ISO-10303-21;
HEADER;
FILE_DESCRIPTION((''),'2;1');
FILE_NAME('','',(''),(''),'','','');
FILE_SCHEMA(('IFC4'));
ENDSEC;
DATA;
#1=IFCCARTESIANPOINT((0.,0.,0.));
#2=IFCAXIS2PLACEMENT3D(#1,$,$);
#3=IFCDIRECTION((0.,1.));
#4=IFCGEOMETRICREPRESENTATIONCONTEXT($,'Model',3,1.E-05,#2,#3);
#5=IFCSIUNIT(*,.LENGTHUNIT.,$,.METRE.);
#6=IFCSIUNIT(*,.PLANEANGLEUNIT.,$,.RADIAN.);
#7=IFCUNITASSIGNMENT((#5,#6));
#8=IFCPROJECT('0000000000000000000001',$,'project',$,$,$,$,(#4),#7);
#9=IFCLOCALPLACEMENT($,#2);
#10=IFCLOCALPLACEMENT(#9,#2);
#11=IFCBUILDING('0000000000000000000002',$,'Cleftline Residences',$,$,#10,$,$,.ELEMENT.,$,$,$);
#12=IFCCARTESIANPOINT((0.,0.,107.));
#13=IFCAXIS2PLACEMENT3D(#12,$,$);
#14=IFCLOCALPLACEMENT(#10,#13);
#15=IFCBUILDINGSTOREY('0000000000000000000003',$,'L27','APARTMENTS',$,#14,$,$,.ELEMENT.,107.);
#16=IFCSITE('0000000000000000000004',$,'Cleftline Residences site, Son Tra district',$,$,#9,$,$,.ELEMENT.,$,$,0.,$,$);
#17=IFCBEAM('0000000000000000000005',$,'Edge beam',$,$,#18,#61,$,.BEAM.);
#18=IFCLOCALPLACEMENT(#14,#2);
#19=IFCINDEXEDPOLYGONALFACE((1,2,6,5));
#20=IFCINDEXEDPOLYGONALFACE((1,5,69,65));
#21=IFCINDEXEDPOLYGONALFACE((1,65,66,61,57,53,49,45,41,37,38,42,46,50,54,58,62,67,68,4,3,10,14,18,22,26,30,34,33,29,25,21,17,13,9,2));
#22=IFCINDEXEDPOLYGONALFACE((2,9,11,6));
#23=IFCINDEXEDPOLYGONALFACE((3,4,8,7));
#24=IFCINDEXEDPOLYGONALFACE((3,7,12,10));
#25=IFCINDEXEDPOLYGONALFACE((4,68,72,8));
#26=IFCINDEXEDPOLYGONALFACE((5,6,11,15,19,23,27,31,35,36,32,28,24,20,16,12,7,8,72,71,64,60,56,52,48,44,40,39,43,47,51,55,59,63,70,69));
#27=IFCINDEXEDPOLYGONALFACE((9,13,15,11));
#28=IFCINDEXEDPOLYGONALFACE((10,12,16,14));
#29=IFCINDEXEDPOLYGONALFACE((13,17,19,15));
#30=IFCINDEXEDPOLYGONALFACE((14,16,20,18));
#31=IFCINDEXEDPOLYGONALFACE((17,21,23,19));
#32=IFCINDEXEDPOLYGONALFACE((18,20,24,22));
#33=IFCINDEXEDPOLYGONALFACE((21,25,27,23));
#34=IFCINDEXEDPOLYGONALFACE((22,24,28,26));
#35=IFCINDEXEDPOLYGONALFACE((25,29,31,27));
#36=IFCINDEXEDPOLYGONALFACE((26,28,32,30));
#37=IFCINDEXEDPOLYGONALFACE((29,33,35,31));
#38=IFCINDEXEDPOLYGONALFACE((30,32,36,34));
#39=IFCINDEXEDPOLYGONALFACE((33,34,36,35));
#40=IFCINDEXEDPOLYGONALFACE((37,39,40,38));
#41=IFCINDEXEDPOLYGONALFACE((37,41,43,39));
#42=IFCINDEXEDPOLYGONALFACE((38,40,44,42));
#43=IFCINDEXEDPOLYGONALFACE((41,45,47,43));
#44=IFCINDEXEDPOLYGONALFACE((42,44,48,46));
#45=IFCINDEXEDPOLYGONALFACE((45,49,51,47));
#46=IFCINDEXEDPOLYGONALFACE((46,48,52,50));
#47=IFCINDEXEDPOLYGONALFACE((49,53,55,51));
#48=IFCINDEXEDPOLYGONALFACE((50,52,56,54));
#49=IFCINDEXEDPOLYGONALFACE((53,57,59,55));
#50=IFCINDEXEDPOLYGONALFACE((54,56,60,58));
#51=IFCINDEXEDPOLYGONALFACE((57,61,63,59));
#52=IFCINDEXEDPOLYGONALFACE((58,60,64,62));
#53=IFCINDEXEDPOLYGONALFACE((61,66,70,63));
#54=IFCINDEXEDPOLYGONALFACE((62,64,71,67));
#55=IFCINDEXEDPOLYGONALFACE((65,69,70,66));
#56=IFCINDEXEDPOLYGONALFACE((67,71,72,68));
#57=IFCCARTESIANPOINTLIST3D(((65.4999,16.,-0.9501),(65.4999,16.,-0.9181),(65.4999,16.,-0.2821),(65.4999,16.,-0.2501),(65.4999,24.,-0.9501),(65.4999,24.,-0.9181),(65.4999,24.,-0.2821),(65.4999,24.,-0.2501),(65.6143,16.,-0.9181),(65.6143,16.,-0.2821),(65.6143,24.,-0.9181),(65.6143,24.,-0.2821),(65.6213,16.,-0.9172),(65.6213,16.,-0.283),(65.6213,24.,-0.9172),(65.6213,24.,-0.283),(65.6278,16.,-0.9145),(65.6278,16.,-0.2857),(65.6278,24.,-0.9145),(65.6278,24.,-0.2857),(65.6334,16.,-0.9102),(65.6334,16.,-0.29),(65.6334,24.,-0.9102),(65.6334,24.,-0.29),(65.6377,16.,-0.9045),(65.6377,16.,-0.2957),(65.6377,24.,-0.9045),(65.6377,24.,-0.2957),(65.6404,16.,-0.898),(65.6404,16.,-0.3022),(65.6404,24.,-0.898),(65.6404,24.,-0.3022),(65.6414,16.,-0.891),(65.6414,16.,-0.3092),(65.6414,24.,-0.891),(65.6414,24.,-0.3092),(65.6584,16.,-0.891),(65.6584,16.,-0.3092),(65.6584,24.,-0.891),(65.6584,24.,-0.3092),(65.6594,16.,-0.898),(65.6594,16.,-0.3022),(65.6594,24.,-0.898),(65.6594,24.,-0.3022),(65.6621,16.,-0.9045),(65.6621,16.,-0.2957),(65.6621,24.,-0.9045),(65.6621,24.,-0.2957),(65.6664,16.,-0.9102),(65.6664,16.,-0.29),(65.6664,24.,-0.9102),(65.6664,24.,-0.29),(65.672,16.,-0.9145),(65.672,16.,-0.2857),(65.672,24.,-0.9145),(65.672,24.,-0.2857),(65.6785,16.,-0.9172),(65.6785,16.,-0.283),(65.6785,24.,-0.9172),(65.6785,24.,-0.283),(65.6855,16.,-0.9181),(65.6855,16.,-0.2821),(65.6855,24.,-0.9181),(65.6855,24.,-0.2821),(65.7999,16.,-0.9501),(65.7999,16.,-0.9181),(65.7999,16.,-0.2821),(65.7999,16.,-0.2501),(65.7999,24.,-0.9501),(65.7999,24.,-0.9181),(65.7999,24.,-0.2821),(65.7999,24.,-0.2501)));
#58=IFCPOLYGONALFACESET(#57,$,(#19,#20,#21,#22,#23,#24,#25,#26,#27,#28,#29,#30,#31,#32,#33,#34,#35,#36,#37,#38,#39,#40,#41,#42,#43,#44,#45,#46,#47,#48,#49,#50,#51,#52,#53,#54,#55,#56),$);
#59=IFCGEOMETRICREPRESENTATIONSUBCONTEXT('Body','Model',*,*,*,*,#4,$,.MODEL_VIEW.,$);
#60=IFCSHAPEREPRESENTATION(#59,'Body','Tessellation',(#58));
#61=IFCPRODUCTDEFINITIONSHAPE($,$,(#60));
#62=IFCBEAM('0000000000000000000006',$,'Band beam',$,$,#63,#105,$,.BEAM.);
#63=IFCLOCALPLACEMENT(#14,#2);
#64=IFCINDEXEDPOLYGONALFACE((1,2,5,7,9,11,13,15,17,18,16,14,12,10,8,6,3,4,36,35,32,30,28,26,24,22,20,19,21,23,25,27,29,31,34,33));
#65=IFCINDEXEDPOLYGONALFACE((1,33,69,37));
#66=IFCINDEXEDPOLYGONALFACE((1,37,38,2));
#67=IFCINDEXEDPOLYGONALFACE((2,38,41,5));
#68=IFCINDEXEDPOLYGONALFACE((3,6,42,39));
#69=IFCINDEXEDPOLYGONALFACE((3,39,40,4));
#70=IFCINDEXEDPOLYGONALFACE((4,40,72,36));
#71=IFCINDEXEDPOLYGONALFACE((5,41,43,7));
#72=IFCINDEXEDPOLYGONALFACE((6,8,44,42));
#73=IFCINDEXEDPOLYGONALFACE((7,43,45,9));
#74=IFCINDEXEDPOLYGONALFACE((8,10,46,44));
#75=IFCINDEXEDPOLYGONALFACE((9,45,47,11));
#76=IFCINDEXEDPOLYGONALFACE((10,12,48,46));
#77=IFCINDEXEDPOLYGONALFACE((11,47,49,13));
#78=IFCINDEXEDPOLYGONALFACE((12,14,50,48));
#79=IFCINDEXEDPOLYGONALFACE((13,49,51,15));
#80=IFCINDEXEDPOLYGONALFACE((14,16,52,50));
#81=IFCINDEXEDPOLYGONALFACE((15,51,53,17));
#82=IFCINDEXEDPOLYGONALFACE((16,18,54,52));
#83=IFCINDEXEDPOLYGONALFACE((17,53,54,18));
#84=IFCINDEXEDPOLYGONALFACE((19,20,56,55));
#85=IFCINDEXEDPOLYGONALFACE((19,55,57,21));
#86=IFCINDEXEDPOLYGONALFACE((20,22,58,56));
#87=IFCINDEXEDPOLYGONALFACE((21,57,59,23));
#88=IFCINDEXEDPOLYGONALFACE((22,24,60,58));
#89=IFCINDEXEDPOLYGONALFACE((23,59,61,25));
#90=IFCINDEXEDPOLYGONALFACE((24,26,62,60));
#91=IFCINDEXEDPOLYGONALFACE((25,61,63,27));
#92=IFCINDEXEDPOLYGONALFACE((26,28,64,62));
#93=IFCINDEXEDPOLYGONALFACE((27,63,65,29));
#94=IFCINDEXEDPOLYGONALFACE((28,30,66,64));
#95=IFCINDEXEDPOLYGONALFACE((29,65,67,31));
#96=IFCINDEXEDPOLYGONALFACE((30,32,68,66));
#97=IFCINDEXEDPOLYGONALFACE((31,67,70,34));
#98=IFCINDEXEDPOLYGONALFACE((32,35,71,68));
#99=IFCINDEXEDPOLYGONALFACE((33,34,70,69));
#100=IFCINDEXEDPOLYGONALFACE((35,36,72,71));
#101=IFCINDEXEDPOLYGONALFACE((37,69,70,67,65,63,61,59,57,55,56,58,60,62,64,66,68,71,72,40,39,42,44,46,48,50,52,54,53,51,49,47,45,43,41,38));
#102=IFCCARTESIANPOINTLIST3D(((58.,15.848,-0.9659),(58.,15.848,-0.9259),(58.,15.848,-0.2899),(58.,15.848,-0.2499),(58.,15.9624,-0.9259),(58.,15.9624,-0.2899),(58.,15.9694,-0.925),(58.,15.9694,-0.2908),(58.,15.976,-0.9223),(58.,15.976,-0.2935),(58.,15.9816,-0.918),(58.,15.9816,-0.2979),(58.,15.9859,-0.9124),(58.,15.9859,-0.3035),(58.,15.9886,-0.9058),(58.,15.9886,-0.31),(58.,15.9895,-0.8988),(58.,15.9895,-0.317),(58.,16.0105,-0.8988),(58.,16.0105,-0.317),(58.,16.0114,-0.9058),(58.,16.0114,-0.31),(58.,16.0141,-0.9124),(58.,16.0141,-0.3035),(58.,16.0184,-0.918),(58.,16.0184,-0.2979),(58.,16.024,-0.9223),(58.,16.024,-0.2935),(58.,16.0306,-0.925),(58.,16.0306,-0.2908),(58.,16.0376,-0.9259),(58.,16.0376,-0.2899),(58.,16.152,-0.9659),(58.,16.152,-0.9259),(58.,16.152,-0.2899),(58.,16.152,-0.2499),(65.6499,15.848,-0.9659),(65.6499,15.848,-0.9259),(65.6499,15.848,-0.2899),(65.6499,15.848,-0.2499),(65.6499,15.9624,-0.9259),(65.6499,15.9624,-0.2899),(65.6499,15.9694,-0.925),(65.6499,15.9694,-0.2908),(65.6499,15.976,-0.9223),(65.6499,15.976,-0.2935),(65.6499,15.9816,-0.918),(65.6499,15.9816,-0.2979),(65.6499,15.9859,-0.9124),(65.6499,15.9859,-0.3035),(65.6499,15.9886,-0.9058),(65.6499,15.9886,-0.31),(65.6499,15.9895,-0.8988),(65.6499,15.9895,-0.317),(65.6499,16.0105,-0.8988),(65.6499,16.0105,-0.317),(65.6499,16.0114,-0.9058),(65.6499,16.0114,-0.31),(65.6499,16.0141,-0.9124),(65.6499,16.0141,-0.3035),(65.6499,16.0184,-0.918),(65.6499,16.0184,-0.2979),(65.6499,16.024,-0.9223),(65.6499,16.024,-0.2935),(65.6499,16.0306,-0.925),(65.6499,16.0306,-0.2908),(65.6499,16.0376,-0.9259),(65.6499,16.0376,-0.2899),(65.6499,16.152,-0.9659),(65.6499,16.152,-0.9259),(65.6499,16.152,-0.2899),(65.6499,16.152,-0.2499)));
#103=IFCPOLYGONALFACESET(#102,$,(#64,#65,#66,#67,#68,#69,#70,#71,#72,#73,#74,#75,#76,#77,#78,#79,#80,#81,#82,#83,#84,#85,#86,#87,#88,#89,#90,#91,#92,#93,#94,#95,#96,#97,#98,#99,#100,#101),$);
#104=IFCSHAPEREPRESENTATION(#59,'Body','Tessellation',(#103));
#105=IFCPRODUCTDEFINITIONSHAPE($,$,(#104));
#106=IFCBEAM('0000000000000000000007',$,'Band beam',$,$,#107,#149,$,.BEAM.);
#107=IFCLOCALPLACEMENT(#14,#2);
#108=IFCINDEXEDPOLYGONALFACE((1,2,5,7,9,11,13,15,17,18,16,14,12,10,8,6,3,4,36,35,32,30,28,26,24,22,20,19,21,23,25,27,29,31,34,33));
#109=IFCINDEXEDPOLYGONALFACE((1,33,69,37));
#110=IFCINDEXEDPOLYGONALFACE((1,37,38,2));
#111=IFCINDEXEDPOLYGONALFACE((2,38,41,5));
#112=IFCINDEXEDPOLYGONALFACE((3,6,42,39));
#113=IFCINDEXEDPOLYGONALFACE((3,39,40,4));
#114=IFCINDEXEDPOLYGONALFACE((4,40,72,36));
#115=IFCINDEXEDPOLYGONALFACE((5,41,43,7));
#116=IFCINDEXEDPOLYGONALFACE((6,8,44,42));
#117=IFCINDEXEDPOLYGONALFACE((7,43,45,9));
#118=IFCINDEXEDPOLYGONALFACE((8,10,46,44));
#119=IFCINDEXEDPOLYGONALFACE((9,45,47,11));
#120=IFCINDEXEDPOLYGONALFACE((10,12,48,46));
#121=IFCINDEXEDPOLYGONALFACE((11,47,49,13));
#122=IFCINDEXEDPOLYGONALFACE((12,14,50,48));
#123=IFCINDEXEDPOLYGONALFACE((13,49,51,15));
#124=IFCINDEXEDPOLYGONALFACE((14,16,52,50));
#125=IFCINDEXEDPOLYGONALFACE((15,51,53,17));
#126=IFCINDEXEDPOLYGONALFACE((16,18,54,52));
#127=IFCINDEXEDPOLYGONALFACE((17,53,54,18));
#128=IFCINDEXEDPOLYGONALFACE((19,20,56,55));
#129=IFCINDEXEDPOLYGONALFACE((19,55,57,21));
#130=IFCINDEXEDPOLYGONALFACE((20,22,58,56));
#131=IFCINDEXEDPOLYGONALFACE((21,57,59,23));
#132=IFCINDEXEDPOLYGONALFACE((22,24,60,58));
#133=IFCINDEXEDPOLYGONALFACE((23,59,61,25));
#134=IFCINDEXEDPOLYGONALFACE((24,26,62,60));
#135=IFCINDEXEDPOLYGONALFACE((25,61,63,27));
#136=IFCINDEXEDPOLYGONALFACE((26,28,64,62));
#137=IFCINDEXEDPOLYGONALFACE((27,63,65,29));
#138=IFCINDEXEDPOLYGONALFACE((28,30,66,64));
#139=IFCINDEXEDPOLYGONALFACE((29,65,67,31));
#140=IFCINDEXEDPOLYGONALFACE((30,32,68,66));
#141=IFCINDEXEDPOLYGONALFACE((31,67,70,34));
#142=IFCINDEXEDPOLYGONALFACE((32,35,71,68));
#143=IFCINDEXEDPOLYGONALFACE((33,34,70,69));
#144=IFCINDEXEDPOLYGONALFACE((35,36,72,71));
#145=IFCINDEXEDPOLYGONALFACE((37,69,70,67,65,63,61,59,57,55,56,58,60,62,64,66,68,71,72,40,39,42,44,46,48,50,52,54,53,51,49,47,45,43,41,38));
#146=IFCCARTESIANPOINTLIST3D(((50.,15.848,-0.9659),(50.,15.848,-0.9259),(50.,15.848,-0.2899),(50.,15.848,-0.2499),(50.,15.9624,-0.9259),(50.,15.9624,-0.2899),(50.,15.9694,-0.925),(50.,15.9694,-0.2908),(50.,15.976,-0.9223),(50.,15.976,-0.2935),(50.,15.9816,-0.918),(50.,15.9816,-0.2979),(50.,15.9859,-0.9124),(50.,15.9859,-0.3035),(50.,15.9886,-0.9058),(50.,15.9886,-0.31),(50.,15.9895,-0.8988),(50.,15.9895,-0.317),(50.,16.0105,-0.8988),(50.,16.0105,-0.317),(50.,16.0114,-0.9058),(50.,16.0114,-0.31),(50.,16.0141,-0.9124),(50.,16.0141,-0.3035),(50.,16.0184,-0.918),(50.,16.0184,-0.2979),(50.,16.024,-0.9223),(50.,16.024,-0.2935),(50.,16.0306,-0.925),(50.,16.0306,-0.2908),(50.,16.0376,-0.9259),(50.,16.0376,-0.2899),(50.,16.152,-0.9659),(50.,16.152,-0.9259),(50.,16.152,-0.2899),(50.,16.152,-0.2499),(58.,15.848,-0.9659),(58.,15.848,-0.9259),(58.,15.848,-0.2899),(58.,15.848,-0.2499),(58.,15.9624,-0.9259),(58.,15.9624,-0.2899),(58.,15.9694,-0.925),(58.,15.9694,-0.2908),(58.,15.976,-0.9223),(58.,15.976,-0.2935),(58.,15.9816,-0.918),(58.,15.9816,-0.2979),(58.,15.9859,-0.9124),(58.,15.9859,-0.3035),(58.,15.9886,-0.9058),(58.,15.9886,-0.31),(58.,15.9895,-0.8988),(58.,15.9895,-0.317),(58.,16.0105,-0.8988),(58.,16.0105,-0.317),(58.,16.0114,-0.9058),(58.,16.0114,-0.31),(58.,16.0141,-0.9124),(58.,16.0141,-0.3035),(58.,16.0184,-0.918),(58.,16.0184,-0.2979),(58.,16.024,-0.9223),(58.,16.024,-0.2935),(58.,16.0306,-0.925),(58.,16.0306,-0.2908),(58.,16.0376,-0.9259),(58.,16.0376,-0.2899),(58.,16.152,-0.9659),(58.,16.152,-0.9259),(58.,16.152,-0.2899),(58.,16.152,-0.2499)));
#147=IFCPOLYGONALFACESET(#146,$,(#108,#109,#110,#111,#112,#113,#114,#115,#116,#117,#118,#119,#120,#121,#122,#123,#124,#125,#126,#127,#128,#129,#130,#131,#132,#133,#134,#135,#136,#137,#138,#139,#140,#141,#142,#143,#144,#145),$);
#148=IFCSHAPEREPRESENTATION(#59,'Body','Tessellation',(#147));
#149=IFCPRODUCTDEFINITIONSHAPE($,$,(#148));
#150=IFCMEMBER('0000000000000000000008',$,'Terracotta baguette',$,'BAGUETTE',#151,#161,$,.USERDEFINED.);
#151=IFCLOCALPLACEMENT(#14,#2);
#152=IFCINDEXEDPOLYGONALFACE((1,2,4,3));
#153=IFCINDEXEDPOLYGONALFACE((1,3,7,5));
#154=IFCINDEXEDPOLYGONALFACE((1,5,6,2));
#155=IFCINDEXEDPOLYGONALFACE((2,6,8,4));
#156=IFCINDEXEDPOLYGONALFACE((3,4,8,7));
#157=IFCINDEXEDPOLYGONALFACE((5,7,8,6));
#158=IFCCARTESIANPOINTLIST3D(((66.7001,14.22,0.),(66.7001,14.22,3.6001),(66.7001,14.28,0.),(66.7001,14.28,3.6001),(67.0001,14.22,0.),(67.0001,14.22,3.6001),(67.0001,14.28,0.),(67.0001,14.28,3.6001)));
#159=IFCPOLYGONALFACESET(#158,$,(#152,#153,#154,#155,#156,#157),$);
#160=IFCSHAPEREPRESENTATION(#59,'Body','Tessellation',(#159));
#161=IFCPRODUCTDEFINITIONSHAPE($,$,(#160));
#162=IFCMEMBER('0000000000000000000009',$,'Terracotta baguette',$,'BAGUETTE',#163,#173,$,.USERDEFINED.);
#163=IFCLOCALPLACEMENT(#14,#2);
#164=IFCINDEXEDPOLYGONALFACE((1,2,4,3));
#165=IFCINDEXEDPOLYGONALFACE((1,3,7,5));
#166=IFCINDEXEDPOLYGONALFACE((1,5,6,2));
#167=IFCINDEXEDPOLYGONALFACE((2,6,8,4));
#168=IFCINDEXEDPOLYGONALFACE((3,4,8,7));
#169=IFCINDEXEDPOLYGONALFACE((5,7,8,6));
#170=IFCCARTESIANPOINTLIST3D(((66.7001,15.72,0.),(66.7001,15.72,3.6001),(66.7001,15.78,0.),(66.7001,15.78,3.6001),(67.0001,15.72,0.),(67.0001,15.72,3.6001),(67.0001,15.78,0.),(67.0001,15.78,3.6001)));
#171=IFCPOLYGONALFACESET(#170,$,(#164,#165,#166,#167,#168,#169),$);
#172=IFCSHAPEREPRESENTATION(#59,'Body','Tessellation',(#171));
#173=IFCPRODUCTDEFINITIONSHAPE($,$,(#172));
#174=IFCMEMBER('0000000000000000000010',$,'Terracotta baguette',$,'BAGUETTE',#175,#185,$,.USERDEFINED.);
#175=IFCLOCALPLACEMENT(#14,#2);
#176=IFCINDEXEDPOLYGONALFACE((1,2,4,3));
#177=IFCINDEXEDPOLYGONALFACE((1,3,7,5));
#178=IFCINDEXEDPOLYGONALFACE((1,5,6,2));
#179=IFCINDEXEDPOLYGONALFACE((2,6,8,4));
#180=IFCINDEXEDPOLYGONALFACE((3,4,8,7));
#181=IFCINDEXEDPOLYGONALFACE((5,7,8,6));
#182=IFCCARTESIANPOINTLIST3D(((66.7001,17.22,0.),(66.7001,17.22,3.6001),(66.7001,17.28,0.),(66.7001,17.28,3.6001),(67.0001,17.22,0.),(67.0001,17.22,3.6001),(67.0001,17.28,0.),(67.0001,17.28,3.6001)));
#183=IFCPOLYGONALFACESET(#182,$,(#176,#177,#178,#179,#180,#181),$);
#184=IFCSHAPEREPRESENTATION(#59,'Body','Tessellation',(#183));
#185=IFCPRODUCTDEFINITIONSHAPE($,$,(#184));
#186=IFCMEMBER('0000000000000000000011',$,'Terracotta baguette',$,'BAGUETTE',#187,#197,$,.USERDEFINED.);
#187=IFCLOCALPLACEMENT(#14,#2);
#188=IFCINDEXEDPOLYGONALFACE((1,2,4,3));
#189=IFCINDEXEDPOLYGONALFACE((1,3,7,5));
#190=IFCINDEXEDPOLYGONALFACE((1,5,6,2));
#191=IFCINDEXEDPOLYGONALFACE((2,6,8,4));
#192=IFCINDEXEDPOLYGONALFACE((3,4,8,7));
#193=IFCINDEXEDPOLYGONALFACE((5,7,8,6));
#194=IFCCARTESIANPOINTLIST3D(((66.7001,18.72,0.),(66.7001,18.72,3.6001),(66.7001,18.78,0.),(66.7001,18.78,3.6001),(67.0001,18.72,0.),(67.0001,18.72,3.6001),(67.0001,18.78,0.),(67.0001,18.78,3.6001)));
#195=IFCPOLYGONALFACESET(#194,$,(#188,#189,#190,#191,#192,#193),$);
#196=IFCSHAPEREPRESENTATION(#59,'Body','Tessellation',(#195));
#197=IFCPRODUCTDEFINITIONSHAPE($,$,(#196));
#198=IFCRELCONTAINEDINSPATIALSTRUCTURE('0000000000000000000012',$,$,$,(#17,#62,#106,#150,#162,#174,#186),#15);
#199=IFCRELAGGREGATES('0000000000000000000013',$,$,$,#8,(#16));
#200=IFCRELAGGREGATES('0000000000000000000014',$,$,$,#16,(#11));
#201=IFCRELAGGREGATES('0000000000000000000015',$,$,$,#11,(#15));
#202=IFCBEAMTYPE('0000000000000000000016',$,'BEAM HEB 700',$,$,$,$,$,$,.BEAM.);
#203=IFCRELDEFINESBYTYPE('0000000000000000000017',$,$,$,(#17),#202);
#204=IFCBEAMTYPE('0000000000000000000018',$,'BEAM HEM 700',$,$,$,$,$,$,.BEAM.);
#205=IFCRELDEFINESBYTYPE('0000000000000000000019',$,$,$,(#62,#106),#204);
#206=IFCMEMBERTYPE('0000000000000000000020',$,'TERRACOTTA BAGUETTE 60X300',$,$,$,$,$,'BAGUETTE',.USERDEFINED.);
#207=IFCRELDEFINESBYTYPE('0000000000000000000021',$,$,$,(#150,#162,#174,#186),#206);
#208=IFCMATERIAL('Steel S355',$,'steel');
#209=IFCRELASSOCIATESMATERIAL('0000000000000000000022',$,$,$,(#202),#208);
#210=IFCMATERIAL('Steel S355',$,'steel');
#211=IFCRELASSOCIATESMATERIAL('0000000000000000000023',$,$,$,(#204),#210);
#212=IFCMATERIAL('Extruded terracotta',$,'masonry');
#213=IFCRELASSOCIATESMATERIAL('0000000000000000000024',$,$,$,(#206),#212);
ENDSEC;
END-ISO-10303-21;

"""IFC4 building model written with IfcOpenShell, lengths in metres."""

from ifc_helpers import new_model, si_unit, direction, frame, origin, origin_2d, place, context, subcontext, project, spatial, rectangle, i_section, extrude, material, material_profile, profile_set, type_object, element, save


model = new_model("IFC4")

# Units and contexts
model_context = context("Model", 3, precision=1e-05, world=origin(), true_north=direction((0.0, 1.0)))
body_context = subcontext(model_context, "Body", "Model", "MODEL_VIEW")
ifc_project = project(units=[si_unit("LENGTHUNIT", "METRE"), si_unit("PLANEANGLEUNIT", "RADIAN")], contexts=[model_context])

# Site, building, storey
site_placement = place(None, origin())
site = spatial("IfcSite", under=ifc_project, at=site_placement, Name="Cleftline Residences site, Son Tra district", CompositionType="ELEMENT", RefElevation=0.0)
building_placement = place(site_placement, origin())
building = spatial("IfcBuilding", under=site, at=building_placement, Name="Cleftline Residences", CompositionType="ELEMENT")
storey_placement = place(building_placement, frame((0.0, 0.0, 107.0)))
storey = spatial("IfcBuildingStorey", under=building, at=storey_placement, Name="L27", Description="APARTMENTS", CompositionType="ELEMENT", Elevation=107.0)

# Beams
ifc_material_1 = material(Name="Steel S355", Category="steel")
ifc_material_profile_1 = material_profile(ifc_material_1, i_section(OverallWidth=0.3, OverallDepth=0.7, WebThickness=0.0171, FlangeThickness=0.032, FilletRadius=0.0271, at=origin_2d()))
ifc_profile_set_1 = profile_set([ifc_material_profile_1], Name="Steel S355")
beam_type_1 = type_object("IfcBeamType", Name="BEAM HEB 700", PredefinedType="BEAM", material=ifc_profile_set_1)
beam_1_placement = place(storey_placement, frame((65.6499, 16.0, -0.6001), z_axis=(0.0, 1.0, 0.0), x_axis=(-1.0, 0.0, 0.0)))
element("IfcBeam", 1, at=beam_1_placement, inside=storey, type_object=beam_type_1, Name="Edge beam", PredefinedType="BEAM", context=body_context, shape_type="SweptSolid", body=[
    extrude(i_section(OverallWidth=0.3, OverallDepth=0.7, WebThickness=0.0171, FlangeThickness=0.032, FilletRadius=0.0271, at=origin_2d()), origin(), (0.0, 0.0, 1.0), 8.0),
])
ifc_material_2 = material(Name="Steel S355", Category="steel")
ifc_material_profile_2 = material_profile(ifc_material_2, i_section(OverallWidth=0.304, OverallDepth=0.7161, WebThickness=0.021, FlangeThickness=0.04, FilletRadius=0.0271, at=origin_2d()))
ifc_profile_set_2 = profile_set([ifc_material_profile_2], Name="Steel S355")
beam_type_2 = type_object("IfcBeamType", Name="BEAM HEM 700", PredefinedType="BEAM", material=ifc_profile_set_2)
beam_2_placement = place(storey_placement, frame((65.6499, 16.0, -0.6079), z_axis=(-1.0, 0.0, 0.0), x_axis=(0.0, -1.0, 0.0)))
element("IfcBeam", 2, at=beam_2_placement, inside=storey, type_object=beam_type_2, Name="Band beam", PredefinedType="BEAM", context=body_context, shape_type="SweptSolid", body=[
    extrude(i_section(OverallWidth=0.304, OverallDepth=0.7161, WebThickness=0.021, FlangeThickness=0.04, FilletRadius=0.0271, at=origin_2d()), origin(), (0.0, 0.0, 1.0), 7.6499),
])
beam_3_placement = place(storey_placement, frame((58.0, 16.0, -0.6079), z_axis=(-1.0, 0.0, 0.0), x_axis=(0.0, -1.0, 0.0)))
element("IfcBeam", 3, at=beam_3_placement, inside=storey, type_object=beam_type_2, Name="Band beam", PredefinedType="BEAM", context=body_context, shape_type="SweptSolid", body=[
    extrude(i_section(OverallWidth=0.304, OverallDepth=0.7161, WebThickness=0.021, FlangeThickness=0.04, FilletRadius=0.0271, at=origin_2d()), origin(), (0.0, 0.0, 1.0), 8.0),
])

# Members
ifc_material_3 = material(Name="Extruded terracotta", Category="masonry")
ifc_material_profile_3 = material_profile(ifc_material_3, rectangle(XDim=0.0601, YDim=0.3, at=origin_2d()))
ifc_profile_set_3 = profile_set([ifc_material_profile_3], Name="Extruded terracotta")
member_type_1 = type_object("IfcMemberType", Name="TERRACOTTA BAGUETTE 60X300", ElementType="BAGUETTE", PredefinedType="USERDEFINED", material=ifc_profile_set_3)
for number, where, z_axis, x_axis, name in (
    (4, (66.8501, 14.25, 0.0), (0.0, 0.0, 1.0), (0.0, 1.0, 0.0), "Terracotta baguette"),
    (5, (66.8501, 15.75, 0.0), (0.0, 0.0, 1.0), (0.0, 1.0, 0.0), "Terracotta baguette"),
    (6, (66.8501, 17.25, 0.0), (0.0, 0.0, 1.0), (0.0, 1.0, 0.0), "Terracotta baguette"),
    (7, (66.8501, 18.75, 0.0), (0.0, 0.0, 1.0), (0.0, 1.0, 0.0), "Terracotta baguette"),
):
    element("IfcMember", number, at=place(storey_placement, frame(where, z_axis=z_axis, x_axis=x_axis)), inside=storey, type_object=member_type_1, Name=name, ObjectType="BAGUETTE", PredefinedType="USERDEFINED", context=body_context, shape_type="SweptSolid", body=[
        extrude(rectangle(XDim=0.0601, YDim=0.3, at=origin_2d()), origin(), (0.0, 0.0, 1.0), 3.6001),
    ])

save(model, "model.ifc")
